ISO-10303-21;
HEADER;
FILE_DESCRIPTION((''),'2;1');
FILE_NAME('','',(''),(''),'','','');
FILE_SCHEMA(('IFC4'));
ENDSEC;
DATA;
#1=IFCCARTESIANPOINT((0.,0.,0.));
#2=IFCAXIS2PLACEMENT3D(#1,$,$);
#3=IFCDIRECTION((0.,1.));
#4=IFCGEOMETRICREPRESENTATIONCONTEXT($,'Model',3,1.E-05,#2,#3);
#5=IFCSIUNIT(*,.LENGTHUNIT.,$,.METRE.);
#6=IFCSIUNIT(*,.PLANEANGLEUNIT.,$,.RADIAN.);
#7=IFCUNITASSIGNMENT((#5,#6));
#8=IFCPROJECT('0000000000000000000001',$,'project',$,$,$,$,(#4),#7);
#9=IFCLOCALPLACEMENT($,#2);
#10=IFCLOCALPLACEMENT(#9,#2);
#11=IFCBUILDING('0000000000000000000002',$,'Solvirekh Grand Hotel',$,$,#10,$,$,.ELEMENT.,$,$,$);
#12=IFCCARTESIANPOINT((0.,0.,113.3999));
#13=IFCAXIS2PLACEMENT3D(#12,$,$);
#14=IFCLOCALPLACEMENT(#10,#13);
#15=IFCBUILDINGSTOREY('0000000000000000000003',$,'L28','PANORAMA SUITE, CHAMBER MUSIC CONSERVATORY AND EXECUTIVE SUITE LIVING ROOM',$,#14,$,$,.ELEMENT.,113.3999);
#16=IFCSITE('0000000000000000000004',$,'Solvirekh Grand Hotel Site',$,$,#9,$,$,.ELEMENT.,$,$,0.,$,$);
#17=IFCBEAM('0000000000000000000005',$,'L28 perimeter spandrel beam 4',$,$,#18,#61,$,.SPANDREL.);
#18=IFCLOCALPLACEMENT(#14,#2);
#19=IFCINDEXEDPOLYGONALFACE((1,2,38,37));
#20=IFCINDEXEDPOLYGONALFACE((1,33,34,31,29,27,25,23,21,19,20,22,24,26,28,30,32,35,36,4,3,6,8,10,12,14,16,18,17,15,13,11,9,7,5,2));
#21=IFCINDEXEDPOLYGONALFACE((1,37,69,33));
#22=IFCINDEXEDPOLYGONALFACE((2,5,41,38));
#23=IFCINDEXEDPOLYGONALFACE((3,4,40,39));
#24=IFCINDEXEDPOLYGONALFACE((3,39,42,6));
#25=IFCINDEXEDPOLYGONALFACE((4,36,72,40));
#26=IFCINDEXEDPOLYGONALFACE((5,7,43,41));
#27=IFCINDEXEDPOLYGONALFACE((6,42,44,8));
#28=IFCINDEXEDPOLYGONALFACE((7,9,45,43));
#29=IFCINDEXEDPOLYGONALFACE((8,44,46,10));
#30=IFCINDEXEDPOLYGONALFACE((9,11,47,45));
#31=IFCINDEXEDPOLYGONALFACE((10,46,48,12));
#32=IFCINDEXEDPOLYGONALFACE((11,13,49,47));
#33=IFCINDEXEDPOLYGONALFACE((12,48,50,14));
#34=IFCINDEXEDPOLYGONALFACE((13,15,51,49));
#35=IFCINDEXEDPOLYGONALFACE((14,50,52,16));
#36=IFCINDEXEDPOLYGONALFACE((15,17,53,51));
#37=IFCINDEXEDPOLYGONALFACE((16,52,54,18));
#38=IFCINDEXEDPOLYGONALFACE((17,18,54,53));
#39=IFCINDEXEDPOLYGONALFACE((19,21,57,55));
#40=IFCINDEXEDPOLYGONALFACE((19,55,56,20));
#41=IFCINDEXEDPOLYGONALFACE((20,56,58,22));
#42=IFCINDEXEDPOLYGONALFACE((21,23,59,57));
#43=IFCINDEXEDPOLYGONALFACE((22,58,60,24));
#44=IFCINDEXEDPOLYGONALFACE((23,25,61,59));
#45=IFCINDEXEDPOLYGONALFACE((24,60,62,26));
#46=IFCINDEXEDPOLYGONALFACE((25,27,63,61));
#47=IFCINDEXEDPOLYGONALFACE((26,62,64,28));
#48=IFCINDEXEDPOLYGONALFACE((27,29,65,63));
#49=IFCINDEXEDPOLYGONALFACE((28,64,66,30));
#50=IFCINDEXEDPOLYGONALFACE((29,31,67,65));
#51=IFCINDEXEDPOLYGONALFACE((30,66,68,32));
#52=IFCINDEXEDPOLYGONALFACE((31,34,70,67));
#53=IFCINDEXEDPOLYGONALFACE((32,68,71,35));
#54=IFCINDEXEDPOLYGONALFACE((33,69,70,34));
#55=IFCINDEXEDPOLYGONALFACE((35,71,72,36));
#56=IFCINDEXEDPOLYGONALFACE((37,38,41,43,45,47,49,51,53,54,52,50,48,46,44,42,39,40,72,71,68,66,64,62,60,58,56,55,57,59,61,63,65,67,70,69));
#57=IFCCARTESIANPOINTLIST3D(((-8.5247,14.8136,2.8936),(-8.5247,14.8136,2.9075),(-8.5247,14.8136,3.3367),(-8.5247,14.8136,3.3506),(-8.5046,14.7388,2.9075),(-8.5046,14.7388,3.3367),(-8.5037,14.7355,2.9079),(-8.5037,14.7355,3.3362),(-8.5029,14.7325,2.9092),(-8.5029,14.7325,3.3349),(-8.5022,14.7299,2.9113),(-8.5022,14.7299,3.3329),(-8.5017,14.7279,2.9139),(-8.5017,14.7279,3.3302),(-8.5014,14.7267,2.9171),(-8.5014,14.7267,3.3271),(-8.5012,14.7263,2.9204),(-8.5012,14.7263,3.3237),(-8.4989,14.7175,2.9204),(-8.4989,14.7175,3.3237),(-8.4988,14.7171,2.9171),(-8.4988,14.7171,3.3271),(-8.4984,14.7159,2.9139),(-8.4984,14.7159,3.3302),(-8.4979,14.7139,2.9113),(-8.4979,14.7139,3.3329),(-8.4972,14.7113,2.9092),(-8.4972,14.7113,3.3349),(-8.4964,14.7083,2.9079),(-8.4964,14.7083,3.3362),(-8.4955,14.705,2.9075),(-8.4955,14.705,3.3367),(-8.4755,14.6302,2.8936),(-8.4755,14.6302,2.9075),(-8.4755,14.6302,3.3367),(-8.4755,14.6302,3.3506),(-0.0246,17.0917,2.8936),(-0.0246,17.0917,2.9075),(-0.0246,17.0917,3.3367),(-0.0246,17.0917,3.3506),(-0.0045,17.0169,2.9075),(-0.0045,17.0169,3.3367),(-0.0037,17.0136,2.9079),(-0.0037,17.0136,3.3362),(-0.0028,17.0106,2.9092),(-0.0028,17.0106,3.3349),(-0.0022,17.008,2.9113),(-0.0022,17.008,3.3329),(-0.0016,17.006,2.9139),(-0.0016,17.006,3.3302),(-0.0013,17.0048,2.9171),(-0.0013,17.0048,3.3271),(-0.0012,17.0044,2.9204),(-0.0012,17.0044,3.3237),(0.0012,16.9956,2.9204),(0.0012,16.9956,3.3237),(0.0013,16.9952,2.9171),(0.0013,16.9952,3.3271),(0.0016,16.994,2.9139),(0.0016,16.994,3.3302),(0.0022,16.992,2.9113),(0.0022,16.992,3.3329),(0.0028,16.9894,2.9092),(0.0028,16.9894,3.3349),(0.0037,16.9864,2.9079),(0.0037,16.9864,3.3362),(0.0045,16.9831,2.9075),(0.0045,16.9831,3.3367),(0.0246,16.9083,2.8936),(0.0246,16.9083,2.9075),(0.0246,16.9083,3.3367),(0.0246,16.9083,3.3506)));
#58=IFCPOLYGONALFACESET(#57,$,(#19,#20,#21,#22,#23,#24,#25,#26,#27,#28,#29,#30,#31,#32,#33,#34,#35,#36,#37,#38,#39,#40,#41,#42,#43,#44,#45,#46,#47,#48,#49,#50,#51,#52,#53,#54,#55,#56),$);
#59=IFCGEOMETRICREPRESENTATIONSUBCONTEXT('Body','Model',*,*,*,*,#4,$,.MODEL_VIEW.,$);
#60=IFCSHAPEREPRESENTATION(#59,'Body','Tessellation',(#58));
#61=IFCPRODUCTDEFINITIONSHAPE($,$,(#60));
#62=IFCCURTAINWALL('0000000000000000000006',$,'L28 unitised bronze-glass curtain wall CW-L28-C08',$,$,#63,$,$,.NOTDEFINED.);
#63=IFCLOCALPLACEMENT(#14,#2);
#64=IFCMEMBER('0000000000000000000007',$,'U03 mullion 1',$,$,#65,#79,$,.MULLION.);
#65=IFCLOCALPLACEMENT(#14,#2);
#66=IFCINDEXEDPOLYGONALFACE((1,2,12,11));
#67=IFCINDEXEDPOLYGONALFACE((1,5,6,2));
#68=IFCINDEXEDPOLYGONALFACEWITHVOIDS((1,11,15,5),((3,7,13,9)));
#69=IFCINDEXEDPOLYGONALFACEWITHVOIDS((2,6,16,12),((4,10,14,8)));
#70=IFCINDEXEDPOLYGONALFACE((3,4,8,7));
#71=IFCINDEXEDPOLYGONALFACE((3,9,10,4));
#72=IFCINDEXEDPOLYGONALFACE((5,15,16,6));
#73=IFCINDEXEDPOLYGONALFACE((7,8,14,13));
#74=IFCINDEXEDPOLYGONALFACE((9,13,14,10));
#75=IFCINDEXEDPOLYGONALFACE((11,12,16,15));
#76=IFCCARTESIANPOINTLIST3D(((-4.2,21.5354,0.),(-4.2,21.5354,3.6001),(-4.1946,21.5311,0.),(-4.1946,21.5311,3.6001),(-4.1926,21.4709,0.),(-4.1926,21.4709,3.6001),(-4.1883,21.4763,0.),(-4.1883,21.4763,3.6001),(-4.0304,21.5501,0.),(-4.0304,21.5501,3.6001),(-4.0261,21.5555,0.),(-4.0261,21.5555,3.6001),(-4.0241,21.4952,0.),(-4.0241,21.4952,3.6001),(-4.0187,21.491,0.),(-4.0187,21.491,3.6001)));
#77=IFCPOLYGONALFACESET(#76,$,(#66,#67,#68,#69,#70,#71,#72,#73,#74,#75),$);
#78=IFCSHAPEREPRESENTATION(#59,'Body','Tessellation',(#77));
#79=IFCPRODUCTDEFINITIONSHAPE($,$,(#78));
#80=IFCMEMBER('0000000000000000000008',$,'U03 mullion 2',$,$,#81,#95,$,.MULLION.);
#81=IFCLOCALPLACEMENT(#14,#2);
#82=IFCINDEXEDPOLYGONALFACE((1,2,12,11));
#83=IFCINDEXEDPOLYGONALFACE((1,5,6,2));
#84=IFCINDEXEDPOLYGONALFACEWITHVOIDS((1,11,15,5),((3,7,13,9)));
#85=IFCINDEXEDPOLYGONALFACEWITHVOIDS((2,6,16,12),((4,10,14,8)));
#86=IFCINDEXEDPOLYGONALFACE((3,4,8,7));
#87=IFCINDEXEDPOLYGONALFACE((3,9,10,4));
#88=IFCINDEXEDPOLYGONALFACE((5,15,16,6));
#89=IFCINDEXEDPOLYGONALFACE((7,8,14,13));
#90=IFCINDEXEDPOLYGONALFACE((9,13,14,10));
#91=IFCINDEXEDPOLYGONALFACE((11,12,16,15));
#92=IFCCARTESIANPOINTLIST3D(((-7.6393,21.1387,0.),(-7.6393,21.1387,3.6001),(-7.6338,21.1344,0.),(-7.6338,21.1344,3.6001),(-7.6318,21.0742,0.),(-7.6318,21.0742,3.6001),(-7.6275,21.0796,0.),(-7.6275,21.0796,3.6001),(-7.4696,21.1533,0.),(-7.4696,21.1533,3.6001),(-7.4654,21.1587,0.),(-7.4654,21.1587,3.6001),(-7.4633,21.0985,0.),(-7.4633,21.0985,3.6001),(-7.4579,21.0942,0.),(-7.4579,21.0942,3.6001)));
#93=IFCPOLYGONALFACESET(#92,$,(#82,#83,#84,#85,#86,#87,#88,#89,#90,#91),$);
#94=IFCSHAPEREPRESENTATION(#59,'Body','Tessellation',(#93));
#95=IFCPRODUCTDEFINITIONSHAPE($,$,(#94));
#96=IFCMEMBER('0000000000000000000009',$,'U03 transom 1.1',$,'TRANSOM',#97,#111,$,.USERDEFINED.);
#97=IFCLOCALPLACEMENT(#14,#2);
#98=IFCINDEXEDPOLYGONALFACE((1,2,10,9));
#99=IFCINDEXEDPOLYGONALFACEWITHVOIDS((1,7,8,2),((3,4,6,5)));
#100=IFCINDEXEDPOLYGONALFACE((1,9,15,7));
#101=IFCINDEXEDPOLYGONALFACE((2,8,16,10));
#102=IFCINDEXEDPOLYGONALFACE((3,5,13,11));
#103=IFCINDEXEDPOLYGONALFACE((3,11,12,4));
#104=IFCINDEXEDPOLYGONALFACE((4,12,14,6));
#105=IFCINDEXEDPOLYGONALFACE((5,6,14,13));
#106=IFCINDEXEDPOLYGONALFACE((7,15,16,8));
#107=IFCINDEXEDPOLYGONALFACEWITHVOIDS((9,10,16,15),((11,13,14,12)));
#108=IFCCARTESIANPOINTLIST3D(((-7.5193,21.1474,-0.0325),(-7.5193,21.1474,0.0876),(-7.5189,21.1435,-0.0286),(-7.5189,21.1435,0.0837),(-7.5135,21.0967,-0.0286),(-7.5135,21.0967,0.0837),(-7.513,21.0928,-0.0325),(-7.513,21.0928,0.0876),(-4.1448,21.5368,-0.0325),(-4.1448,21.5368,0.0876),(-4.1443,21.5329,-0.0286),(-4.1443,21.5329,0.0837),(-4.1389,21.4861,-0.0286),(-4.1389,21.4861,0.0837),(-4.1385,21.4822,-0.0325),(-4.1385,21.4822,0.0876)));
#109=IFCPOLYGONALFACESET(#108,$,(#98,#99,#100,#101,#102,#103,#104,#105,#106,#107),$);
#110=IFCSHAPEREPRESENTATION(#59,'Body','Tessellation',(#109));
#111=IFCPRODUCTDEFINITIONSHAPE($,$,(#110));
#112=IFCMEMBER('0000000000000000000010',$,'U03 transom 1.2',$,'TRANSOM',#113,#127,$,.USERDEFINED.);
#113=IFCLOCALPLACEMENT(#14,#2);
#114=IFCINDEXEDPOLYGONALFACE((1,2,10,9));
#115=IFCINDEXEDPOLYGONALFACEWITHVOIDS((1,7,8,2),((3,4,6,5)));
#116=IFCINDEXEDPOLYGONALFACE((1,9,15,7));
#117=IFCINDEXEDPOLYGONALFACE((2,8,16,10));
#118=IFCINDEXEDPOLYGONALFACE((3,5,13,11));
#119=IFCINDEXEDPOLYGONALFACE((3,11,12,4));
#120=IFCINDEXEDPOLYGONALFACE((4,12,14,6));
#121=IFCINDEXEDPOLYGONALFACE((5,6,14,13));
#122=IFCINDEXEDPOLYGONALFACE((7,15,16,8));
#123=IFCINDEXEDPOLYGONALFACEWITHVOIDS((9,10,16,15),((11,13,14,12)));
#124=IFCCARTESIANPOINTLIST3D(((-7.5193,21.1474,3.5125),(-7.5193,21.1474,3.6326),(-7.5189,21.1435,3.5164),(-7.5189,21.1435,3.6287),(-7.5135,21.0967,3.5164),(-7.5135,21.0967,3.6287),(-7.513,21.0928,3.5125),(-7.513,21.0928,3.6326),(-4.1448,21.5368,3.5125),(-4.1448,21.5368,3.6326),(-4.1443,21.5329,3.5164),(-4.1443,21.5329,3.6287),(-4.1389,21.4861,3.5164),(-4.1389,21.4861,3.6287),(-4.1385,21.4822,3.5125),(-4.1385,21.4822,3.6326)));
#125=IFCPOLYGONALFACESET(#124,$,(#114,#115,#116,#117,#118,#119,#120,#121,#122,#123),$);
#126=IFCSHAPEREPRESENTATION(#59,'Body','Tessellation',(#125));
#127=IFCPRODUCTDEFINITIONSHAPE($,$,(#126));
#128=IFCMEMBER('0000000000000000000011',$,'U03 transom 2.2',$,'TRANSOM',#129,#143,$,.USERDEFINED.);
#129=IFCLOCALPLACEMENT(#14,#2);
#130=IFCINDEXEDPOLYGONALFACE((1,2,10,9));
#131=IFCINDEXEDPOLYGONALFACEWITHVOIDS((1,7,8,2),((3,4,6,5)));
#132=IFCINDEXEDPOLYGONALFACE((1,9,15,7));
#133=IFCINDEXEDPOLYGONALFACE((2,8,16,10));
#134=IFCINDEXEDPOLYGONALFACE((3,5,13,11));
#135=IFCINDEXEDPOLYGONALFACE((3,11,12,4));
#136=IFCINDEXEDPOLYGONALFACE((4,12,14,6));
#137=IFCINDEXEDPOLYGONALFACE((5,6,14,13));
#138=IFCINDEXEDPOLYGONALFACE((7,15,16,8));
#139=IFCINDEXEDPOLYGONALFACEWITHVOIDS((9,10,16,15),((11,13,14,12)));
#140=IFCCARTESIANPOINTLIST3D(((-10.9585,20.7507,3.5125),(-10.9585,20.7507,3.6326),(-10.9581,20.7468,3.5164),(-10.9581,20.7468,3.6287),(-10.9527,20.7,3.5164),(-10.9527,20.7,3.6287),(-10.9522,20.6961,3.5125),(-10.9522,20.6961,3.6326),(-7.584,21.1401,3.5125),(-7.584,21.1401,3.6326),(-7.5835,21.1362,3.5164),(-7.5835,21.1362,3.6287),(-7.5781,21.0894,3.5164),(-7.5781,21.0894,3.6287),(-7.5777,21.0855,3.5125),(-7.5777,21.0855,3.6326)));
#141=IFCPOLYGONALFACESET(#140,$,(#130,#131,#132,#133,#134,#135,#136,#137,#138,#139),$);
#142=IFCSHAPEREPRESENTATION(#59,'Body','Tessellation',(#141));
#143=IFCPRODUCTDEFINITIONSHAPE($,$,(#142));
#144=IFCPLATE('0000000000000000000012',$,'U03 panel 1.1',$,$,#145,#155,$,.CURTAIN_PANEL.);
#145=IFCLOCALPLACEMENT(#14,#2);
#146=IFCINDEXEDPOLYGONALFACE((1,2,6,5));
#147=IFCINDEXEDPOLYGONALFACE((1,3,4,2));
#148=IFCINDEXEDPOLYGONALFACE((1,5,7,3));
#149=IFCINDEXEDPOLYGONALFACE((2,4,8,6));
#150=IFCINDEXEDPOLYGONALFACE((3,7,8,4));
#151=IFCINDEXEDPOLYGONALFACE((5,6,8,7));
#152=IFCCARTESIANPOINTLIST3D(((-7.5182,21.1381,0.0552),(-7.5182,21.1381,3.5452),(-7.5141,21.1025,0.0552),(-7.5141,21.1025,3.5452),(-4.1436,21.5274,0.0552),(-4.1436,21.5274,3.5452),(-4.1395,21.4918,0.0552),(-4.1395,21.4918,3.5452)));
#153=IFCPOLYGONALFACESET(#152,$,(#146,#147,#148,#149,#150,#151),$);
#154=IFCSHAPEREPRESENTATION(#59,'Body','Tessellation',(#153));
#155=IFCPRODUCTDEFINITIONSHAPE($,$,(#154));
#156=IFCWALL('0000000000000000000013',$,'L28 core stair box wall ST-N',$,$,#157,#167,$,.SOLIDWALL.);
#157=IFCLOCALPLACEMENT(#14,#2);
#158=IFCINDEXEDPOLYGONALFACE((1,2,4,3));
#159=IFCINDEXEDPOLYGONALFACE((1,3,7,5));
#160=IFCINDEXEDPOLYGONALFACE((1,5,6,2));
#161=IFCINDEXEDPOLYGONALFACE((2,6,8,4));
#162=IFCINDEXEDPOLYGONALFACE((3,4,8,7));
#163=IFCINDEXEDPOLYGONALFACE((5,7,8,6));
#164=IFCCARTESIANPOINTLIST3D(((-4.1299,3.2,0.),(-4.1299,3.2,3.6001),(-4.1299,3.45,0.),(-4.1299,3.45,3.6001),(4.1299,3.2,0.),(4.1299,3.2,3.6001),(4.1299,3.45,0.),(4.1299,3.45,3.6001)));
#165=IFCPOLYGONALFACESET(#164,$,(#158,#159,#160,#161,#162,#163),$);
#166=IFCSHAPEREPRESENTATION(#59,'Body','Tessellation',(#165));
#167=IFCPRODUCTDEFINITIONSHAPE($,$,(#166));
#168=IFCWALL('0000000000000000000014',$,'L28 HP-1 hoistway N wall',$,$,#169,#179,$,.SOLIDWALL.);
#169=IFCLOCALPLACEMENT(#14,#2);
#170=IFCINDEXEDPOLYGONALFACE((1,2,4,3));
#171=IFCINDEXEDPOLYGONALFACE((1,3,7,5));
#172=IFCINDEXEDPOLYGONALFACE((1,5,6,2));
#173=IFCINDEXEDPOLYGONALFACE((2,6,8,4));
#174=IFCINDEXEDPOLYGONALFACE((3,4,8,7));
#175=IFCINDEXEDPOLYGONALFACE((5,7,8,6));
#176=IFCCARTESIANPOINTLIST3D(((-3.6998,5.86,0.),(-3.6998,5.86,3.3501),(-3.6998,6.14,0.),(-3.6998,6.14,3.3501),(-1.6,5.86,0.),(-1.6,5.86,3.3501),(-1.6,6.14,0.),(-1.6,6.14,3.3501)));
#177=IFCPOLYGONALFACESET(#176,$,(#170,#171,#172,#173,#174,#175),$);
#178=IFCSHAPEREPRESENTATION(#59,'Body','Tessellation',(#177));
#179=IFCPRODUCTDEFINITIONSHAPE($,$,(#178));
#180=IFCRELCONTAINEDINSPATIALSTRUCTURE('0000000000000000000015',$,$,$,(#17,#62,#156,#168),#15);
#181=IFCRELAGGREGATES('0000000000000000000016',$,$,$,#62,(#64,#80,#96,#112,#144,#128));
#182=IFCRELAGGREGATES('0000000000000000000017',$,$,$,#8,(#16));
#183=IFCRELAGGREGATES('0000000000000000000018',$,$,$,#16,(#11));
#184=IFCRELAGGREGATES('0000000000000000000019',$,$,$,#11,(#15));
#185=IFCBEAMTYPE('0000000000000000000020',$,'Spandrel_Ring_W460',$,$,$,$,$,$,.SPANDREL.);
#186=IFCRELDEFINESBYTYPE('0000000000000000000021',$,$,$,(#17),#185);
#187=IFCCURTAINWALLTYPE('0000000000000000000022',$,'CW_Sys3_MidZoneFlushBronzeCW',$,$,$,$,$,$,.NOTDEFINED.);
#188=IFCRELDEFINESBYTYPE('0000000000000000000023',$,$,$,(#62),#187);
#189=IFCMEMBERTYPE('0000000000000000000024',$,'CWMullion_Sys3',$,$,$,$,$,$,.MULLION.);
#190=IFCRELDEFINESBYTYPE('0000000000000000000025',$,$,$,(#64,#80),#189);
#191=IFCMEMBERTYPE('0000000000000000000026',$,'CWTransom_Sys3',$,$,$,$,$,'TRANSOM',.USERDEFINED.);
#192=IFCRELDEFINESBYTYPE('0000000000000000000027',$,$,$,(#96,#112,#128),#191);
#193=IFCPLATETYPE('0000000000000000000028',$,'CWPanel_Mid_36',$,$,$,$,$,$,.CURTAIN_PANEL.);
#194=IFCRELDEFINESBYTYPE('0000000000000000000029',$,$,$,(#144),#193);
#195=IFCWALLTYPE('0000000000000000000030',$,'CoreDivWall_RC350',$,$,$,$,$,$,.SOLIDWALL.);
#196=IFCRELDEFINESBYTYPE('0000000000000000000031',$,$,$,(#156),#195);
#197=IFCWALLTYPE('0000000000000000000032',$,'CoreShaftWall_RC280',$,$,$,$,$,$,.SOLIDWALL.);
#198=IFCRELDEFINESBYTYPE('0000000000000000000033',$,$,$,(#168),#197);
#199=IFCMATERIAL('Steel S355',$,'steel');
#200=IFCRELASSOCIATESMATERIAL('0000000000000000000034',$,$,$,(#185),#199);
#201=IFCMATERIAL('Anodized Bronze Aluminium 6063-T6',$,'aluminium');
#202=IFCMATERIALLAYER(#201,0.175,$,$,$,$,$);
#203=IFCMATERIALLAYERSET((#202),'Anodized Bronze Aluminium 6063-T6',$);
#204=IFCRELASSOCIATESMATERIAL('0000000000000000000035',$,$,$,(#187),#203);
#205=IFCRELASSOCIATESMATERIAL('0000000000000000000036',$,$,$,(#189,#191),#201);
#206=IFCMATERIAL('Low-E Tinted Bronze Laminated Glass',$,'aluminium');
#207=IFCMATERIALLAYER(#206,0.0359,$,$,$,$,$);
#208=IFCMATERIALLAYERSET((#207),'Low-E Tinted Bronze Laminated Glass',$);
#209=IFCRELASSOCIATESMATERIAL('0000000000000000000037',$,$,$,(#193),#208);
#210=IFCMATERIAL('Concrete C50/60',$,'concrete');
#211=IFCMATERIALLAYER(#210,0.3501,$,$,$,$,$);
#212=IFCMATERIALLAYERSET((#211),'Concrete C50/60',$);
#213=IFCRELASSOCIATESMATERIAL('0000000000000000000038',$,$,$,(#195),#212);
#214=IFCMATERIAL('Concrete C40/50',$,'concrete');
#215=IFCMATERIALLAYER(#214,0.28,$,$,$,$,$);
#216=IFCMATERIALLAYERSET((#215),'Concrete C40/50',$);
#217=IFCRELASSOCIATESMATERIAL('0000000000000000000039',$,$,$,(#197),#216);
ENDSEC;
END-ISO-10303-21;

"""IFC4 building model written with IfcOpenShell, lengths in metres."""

from ifc_helpers import new_model, si_unit, direction, frame, frame_2d, origin, origin_2d, place, context, subcontext, project, spatial, rectangle, hollow_rectangle, i_section, extrude, source, transform, mapped, material, layer, layer_set, material_profile, profile_set, type_object, element, aggregate, save


model = new_model("IFC4")

# Units and contexts
model_context = context("Model", 3, precision=1e-05, world=origin(), true_north=direction((0.0, 1.0)))
body_context = subcontext(model_context, "Body", "Model", "MODEL_VIEW")
ifc_project = project(units=[si_unit("LENGTHUNIT", "METRE"), si_unit("PLANEANGLEUNIT", "RADIAN")], contexts=[model_context])

# Site, building, storey
site_placement = place(None, origin())
site = spatial("IfcSite", under=ifc_project, at=site_placement, Name="Solvirekh Grand Hotel Site", CompositionType="ELEMENT", RefElevation=0.0)
building_placement = place(site_placement, origin())
building = spatial("IfcBuilding", under=site, at=building_placement, Name="Solvirekh Grand Hotel", CompositionType="ELEMENT")
storey_placement = place(building_placement, frame((0.0, 0.0, 113.3999)))
storey = spatial("IfcBuildingStorey", under=building, at=storey_placement, Name="L28", Description="PANORAMA SUITE, CHAMBER MUSIC CONSERVATORY AND EXECUTIVE SUITE LIVING ROOM", CompositionType="ELEMENT", Elevation=113.3999)

# Shared definitions
ifc_material_1 = material(Name="Concrete C50/60", Category="concrete")

# Beam
ifc_material_2 = material(Name="Steel S355", Category="steel")
ifc_material_profile_1 = material_profile(ifc_material_2, i_section(OverallWidth=0.1899, OverallDepth=0.457, WebThickness=0.009, FlangeThickness=0.0139, FilletRadius=0.0129, at=origin_2d()), Name="W460X74")
ifc_profile_set_1 = profile_set([ifc_material_profile_1], Name="Steel S355")
beam_type_1 = type_object("IfcBeamType", Name="Spandrel_Ring_W460", PredefinedType="SPANDREL", material=ifc_profile_set_1)
beam_1_placement = place(storey_placement, frame((0.0, 17.0, 3.1221), z_axis=(-0.965911, -0.258873, 0.0), x_axis=(0.258873, -0.965911, 0.0)))
element("IfcBeam", 1, at=beam_1_placement, inside=storey, type_object=beam_type_1, Name="L28 perimeter spandrel beam 4", PredefinedType="SPANDREL", context=body_context, shape_type="SweptSolid", body=[
    extrude(i_section(OverallWidth=0.1899, OverallDepth=0.457, WebThickness=0.009, FlangeThickness=0.0139, FilletRadius=0.0129, at=origin_2d()), origin(), (0.0, 0.0, 1.0), 8.8),
])

# Curtain wall, members, plate
ifc_material_3 = material(Name="Anodized Bronze Aluminium 6063-T6", Category="aluminium")
ifc_layer_1 = layer(ifc_material_3, 0.175)
ifc_layer_set_1 = layer_set([ifc_layer_1], Name="Anodized Bronze Aluminium 6063-T6")
curtain_wall_type = type_object("IfcCurtainWallType", Name="CW_Sys3_MidZoneFlushBronzeCW", PredefinedType="NOTDEFINED", material=ifc_layer_set_1)
curtain_wall_placement = place(storey_placement, origin())
curtain_wall = element("IfcCurtainWall", 2, at=curtain_wall_placement, inside=storey, type_object=curtain_wall_type, Name="L28 unitised bronze-glass curtain wall CW-L28-C08", PredefinedType="NOTDEFINED")
ifc_material_profile_2 = material_profile(ifc_material_3, hollow_rectangle(XDim=0.0649, YDim=0.175, WallThickness=0.0049, at=origin_2d()), Name="ALU RHS 175X65X5")
ifc_profile_set_2 = profile_set([ifc_material_profile_2], Name="Anodized Bronze Aluminium 6063-T6")
member_type_1 = type_object("IfcMemberType", Name="CWMullion_Sys3", PredefinedType="MULLION", material=ifc_profile_set_2)
shared_shape_1 = source(origin(), body_context, "Body", "SweptSolid", [
    extrude(hollow_rectangle(XDim=0.0649, YDim=0.175, WallThickness=0.0049, at=origin_2d()), origin(), (0.0, 0.0, 1.0), 3.6001),
])
member_1_placement = place(storey_placement, frame((-4.1094, 21.5132, 0.0), z_axis=(0.0, 0.0, 1.0), x_axis=(0.114608, -0.993411, 0.0)))
member_1 = element("IfcMember", 3, at=member_1_placement, type_object=member_type_1, Name="U03 mullion 1", PredefinedType="MULLION", context=body_context, shape_type="MappedRepresentation", body=[
    mapped(shared_shape_1, transform((0.0, 0.0, 0.0), x_axis=(1.0, 0.0, 0.0), y_axis=(0.0, 1.0, 0.0), z_axis=(0.0, 0.0, 1.0), scale=1.0)),
])
member_2_placement = place(storey_placement, frame((-7.5486, 21.1165, 0.0), z_axis=(0.0, 0.0, 1.0), x_axis=(0.114608, -0.993411, 0.0)))
member_2 = element("IfcMember", 4, at=member_2_placement, type_object=member_type_1, Name="U03 mullion 2", PredefinedType="MULLION", context=body_context, shape_type="MappedRepresentation", body=[
    mapped(shared_shape_1, transform((0.0, 0.0, 0.0), x_axis=(1.0, 0.0, 0.0), y_axis=(0.0, 1.0, 0.0), z_axis=(0.0, 0.0, 1.0), scale=1.0)),
])
ifc_material_profile_3 = material_profile(ifc_material_3, hollow_rectangle(XDim=0.0549, YDim=0.1201, WallThickness=0.0039, at=origin_2d()), Name="ALU RHS 120X55X4")
ifc_profile_set_3 = profile_set([ifc_material_profile_3], Name="Anodized Bronze Aluminium 6063-T6")
member_type_2 = type_object("IfcMemberType", Name="CWTransom_Sys3", ElementType="TRANSOM", PredefinedType="USERDEFINED", material=ifc_profile_set_3)
shared_shape_2 = source(origin(), body_context, "Body", "SweptSolid", [
    extrude(hollow_rectangle(XDim=0.0549, YDim=0.1201, WallThickness=0.0039, at=origin_2d()), origin(), (0.0, 0.0, 1.0), 3.397),
])
member_3_placement = place(storey_placement, frame((-4.1416, 21.5095, 0.0276), z_axis=(-0.993408, -0.114635, 0.0), x_axis=(0.114635, -0.993408, 0.0)))
member_3 = element("IfcMember", 5, at=member_3_placement, type_object=member_type_2, Name="U03 transom 1.1", ObjectType="TRANSOM", PredefinedType="USERDEFINED", context=body_context, shape_type="MappedRepresentation", body=[
    mapped(shared_shape_2, transform((0.0, 0.0, 0.0), x_axis=(1.0, 0.0, 0.0), y_axis=(0.0, 1.0, 0.0), z_axis=(0.0, 0.0, 1.0), scale=1.0)),
])
member_4_placement = place(storey_placement, frame((-4.1416, 21.5095, 3.5725), z_axis=(-0.993408, -0.114635, 0.0), x_axis=(0.114635, -0.993408, 0.0)))
member_4 = element("IfcMember", 6, at=member_4_placement, type_object=member_type_2, Name="U03 transom 1.2", ObjectType="TRANSOM", PredefinedType="USERDEFINED", context=body_context, shape_type="MappedRepresentation", body=[
    mapped(shared_shape_2, transform((0.0, 0.0, 0.0), x_axis=(1.0, 0.0, 0.0), y_axis=(0.0, 1.0, 0.0), z_axis=(0.0, 0.0, 1.0), scale=1.0)),
])
member_5_placement = place(storey_placement, frame((-7.5808, 21.1128, 3.5725), z_axis=(-0.993408, -0.114635, 0.0), x_axis=(0.114635, -0.993408, 0.0)))
member_5 = element("IfcMember", 7, at=member_5_placement, type_object=member_type_2, Name="U03 transom 2.2", ObjectType="TRANSOM", PredefinedType="USERDEFINED", context=body_context, shape_type="MappedRepresentation", body=[
    mapped(shared_shape_2, transform((0.0, 0.0, 0.0), x_axis=(1.0, 0.0, 0.0), y_axis=(0.0, 1.0, 0.0), z_axis=(0.0, 0.0, 1.0), scale=1.0)),
])
ifc_material_4 = material(Name="Low-E Tinted Bronze Laminated Glass", Category="aluminium")
ifc_layer_2 = layer(ifc_material_4, 0.0359)
ifc_layer_set_2 = layer_set([ifc_layer_2], Name="Low-E Tinted Bronze Laminated Glass")
plate_type = type_object("IfcPlateType", Name="CWPanel_Mid_36", PredefinedType="CURTAIN_PANEL", material=ifc_layer_set_2)
shared_shape_3 = source(origin(), body_context, "Body", "SweptSolid", [
    extrude(rectangle(XDim=3.397, YDim=0.0359, at=origin_2d()), origin(), (0.0, 0.0, 1.0), 3.49),
])
plate_placement = place(storey_placement, frame((-5.8289, 21.3149, 0.0552), z_axis=(0.0, 0.0, 1.0), x_axis=(-0.993411, -0.114608, 0.0)))
plate = element("IfcPlate", 8, at=plate_placement, type_object=plate_type, Name="U03 panel 1.1", PredefinedType="CURTAIN_PANEL", context=body_context, shape_type="MappedRepresentation", body=[
    mapped(shared_shape_3, transform((0.0, 0.0, 0.0), x_axis=(1.0, 0.0, 0.0), y_axis=(0.0, 1.0, 0.0), z_axis=(0.0, 0.0, 1.0), scale=1.0)),
])
aggregate(curtain_wall, [member_1, member_2, member_3, member_4, plate, member_5])

# Walls
ifc_layer_3 = layer(ifc_material_1, 0.3501)
ifc_layer_set_3 = layer_set([ifc_layer_3], Name="Concrete C50/60")
wall_type_1 = type_object("IfcWallType", Name="CoreDivWall_RC350", PredefinedType="SOLIDWALL", material=ifc_layer_set_3)
wall_1_placement = place(storey_placement, frame((-4.1299, 3.325, 0.0), z_axis=(0.0, 0.0, 1.0), x_axis=(1.0, 0.0, 0.0)))
element("IfcWall", 9, at=wall_1_placement, inside=storey, type_object=wall_type_1, Name="L28 core stair box wall ST-N", PredefinedType="SOLIDWALL", context=body_context, shape_type="SweptSolid", body=[
    extrude(rectangle(XDim=8.2598, YDim=0.25, at=frame_2d((4.1299, 0.0))), origin(), (0.0, 0.0, 1.0), 3.6001),
])
ifc_material_5 = material(Name="Concrete C40/50", Category="concrete")
ifc_layer_4 = layer(ifc_material_5, 0.28)
ifc_layer_set_4 = layer_set([ifc_layer_4], Name="Concrete C40/50")
wall_type_2 = type_object("IfcWallType", Name="CoreShaftWall_RC280", PredefinedType="SOLIDWALL", material=ifc_layer_set_4)
wall_2_placement = place(storey_placement, frame((-1.6001, 6.0, 0.0), z_axis=(0.0, 0.0, 1.0), x_axis=(-1.0, 0.0, 0.0)))
element("IfcWall", 10, at=wall_2_placement, inside=storey, type_object=wall_type_2, Name="L28 HP-1 hoistway N wall", PredefinedType="SOLIDWALL", context=body_context, shape_type="SweptSolid", body=[
    extrude(rectangle(XDim=2.0999, YDim=0.28, at=frame_2d((1.0498, 0.0))), origin(), (0.0, 0.0, 1.0), 3.3501),
])

save(model, "model.ifc")
